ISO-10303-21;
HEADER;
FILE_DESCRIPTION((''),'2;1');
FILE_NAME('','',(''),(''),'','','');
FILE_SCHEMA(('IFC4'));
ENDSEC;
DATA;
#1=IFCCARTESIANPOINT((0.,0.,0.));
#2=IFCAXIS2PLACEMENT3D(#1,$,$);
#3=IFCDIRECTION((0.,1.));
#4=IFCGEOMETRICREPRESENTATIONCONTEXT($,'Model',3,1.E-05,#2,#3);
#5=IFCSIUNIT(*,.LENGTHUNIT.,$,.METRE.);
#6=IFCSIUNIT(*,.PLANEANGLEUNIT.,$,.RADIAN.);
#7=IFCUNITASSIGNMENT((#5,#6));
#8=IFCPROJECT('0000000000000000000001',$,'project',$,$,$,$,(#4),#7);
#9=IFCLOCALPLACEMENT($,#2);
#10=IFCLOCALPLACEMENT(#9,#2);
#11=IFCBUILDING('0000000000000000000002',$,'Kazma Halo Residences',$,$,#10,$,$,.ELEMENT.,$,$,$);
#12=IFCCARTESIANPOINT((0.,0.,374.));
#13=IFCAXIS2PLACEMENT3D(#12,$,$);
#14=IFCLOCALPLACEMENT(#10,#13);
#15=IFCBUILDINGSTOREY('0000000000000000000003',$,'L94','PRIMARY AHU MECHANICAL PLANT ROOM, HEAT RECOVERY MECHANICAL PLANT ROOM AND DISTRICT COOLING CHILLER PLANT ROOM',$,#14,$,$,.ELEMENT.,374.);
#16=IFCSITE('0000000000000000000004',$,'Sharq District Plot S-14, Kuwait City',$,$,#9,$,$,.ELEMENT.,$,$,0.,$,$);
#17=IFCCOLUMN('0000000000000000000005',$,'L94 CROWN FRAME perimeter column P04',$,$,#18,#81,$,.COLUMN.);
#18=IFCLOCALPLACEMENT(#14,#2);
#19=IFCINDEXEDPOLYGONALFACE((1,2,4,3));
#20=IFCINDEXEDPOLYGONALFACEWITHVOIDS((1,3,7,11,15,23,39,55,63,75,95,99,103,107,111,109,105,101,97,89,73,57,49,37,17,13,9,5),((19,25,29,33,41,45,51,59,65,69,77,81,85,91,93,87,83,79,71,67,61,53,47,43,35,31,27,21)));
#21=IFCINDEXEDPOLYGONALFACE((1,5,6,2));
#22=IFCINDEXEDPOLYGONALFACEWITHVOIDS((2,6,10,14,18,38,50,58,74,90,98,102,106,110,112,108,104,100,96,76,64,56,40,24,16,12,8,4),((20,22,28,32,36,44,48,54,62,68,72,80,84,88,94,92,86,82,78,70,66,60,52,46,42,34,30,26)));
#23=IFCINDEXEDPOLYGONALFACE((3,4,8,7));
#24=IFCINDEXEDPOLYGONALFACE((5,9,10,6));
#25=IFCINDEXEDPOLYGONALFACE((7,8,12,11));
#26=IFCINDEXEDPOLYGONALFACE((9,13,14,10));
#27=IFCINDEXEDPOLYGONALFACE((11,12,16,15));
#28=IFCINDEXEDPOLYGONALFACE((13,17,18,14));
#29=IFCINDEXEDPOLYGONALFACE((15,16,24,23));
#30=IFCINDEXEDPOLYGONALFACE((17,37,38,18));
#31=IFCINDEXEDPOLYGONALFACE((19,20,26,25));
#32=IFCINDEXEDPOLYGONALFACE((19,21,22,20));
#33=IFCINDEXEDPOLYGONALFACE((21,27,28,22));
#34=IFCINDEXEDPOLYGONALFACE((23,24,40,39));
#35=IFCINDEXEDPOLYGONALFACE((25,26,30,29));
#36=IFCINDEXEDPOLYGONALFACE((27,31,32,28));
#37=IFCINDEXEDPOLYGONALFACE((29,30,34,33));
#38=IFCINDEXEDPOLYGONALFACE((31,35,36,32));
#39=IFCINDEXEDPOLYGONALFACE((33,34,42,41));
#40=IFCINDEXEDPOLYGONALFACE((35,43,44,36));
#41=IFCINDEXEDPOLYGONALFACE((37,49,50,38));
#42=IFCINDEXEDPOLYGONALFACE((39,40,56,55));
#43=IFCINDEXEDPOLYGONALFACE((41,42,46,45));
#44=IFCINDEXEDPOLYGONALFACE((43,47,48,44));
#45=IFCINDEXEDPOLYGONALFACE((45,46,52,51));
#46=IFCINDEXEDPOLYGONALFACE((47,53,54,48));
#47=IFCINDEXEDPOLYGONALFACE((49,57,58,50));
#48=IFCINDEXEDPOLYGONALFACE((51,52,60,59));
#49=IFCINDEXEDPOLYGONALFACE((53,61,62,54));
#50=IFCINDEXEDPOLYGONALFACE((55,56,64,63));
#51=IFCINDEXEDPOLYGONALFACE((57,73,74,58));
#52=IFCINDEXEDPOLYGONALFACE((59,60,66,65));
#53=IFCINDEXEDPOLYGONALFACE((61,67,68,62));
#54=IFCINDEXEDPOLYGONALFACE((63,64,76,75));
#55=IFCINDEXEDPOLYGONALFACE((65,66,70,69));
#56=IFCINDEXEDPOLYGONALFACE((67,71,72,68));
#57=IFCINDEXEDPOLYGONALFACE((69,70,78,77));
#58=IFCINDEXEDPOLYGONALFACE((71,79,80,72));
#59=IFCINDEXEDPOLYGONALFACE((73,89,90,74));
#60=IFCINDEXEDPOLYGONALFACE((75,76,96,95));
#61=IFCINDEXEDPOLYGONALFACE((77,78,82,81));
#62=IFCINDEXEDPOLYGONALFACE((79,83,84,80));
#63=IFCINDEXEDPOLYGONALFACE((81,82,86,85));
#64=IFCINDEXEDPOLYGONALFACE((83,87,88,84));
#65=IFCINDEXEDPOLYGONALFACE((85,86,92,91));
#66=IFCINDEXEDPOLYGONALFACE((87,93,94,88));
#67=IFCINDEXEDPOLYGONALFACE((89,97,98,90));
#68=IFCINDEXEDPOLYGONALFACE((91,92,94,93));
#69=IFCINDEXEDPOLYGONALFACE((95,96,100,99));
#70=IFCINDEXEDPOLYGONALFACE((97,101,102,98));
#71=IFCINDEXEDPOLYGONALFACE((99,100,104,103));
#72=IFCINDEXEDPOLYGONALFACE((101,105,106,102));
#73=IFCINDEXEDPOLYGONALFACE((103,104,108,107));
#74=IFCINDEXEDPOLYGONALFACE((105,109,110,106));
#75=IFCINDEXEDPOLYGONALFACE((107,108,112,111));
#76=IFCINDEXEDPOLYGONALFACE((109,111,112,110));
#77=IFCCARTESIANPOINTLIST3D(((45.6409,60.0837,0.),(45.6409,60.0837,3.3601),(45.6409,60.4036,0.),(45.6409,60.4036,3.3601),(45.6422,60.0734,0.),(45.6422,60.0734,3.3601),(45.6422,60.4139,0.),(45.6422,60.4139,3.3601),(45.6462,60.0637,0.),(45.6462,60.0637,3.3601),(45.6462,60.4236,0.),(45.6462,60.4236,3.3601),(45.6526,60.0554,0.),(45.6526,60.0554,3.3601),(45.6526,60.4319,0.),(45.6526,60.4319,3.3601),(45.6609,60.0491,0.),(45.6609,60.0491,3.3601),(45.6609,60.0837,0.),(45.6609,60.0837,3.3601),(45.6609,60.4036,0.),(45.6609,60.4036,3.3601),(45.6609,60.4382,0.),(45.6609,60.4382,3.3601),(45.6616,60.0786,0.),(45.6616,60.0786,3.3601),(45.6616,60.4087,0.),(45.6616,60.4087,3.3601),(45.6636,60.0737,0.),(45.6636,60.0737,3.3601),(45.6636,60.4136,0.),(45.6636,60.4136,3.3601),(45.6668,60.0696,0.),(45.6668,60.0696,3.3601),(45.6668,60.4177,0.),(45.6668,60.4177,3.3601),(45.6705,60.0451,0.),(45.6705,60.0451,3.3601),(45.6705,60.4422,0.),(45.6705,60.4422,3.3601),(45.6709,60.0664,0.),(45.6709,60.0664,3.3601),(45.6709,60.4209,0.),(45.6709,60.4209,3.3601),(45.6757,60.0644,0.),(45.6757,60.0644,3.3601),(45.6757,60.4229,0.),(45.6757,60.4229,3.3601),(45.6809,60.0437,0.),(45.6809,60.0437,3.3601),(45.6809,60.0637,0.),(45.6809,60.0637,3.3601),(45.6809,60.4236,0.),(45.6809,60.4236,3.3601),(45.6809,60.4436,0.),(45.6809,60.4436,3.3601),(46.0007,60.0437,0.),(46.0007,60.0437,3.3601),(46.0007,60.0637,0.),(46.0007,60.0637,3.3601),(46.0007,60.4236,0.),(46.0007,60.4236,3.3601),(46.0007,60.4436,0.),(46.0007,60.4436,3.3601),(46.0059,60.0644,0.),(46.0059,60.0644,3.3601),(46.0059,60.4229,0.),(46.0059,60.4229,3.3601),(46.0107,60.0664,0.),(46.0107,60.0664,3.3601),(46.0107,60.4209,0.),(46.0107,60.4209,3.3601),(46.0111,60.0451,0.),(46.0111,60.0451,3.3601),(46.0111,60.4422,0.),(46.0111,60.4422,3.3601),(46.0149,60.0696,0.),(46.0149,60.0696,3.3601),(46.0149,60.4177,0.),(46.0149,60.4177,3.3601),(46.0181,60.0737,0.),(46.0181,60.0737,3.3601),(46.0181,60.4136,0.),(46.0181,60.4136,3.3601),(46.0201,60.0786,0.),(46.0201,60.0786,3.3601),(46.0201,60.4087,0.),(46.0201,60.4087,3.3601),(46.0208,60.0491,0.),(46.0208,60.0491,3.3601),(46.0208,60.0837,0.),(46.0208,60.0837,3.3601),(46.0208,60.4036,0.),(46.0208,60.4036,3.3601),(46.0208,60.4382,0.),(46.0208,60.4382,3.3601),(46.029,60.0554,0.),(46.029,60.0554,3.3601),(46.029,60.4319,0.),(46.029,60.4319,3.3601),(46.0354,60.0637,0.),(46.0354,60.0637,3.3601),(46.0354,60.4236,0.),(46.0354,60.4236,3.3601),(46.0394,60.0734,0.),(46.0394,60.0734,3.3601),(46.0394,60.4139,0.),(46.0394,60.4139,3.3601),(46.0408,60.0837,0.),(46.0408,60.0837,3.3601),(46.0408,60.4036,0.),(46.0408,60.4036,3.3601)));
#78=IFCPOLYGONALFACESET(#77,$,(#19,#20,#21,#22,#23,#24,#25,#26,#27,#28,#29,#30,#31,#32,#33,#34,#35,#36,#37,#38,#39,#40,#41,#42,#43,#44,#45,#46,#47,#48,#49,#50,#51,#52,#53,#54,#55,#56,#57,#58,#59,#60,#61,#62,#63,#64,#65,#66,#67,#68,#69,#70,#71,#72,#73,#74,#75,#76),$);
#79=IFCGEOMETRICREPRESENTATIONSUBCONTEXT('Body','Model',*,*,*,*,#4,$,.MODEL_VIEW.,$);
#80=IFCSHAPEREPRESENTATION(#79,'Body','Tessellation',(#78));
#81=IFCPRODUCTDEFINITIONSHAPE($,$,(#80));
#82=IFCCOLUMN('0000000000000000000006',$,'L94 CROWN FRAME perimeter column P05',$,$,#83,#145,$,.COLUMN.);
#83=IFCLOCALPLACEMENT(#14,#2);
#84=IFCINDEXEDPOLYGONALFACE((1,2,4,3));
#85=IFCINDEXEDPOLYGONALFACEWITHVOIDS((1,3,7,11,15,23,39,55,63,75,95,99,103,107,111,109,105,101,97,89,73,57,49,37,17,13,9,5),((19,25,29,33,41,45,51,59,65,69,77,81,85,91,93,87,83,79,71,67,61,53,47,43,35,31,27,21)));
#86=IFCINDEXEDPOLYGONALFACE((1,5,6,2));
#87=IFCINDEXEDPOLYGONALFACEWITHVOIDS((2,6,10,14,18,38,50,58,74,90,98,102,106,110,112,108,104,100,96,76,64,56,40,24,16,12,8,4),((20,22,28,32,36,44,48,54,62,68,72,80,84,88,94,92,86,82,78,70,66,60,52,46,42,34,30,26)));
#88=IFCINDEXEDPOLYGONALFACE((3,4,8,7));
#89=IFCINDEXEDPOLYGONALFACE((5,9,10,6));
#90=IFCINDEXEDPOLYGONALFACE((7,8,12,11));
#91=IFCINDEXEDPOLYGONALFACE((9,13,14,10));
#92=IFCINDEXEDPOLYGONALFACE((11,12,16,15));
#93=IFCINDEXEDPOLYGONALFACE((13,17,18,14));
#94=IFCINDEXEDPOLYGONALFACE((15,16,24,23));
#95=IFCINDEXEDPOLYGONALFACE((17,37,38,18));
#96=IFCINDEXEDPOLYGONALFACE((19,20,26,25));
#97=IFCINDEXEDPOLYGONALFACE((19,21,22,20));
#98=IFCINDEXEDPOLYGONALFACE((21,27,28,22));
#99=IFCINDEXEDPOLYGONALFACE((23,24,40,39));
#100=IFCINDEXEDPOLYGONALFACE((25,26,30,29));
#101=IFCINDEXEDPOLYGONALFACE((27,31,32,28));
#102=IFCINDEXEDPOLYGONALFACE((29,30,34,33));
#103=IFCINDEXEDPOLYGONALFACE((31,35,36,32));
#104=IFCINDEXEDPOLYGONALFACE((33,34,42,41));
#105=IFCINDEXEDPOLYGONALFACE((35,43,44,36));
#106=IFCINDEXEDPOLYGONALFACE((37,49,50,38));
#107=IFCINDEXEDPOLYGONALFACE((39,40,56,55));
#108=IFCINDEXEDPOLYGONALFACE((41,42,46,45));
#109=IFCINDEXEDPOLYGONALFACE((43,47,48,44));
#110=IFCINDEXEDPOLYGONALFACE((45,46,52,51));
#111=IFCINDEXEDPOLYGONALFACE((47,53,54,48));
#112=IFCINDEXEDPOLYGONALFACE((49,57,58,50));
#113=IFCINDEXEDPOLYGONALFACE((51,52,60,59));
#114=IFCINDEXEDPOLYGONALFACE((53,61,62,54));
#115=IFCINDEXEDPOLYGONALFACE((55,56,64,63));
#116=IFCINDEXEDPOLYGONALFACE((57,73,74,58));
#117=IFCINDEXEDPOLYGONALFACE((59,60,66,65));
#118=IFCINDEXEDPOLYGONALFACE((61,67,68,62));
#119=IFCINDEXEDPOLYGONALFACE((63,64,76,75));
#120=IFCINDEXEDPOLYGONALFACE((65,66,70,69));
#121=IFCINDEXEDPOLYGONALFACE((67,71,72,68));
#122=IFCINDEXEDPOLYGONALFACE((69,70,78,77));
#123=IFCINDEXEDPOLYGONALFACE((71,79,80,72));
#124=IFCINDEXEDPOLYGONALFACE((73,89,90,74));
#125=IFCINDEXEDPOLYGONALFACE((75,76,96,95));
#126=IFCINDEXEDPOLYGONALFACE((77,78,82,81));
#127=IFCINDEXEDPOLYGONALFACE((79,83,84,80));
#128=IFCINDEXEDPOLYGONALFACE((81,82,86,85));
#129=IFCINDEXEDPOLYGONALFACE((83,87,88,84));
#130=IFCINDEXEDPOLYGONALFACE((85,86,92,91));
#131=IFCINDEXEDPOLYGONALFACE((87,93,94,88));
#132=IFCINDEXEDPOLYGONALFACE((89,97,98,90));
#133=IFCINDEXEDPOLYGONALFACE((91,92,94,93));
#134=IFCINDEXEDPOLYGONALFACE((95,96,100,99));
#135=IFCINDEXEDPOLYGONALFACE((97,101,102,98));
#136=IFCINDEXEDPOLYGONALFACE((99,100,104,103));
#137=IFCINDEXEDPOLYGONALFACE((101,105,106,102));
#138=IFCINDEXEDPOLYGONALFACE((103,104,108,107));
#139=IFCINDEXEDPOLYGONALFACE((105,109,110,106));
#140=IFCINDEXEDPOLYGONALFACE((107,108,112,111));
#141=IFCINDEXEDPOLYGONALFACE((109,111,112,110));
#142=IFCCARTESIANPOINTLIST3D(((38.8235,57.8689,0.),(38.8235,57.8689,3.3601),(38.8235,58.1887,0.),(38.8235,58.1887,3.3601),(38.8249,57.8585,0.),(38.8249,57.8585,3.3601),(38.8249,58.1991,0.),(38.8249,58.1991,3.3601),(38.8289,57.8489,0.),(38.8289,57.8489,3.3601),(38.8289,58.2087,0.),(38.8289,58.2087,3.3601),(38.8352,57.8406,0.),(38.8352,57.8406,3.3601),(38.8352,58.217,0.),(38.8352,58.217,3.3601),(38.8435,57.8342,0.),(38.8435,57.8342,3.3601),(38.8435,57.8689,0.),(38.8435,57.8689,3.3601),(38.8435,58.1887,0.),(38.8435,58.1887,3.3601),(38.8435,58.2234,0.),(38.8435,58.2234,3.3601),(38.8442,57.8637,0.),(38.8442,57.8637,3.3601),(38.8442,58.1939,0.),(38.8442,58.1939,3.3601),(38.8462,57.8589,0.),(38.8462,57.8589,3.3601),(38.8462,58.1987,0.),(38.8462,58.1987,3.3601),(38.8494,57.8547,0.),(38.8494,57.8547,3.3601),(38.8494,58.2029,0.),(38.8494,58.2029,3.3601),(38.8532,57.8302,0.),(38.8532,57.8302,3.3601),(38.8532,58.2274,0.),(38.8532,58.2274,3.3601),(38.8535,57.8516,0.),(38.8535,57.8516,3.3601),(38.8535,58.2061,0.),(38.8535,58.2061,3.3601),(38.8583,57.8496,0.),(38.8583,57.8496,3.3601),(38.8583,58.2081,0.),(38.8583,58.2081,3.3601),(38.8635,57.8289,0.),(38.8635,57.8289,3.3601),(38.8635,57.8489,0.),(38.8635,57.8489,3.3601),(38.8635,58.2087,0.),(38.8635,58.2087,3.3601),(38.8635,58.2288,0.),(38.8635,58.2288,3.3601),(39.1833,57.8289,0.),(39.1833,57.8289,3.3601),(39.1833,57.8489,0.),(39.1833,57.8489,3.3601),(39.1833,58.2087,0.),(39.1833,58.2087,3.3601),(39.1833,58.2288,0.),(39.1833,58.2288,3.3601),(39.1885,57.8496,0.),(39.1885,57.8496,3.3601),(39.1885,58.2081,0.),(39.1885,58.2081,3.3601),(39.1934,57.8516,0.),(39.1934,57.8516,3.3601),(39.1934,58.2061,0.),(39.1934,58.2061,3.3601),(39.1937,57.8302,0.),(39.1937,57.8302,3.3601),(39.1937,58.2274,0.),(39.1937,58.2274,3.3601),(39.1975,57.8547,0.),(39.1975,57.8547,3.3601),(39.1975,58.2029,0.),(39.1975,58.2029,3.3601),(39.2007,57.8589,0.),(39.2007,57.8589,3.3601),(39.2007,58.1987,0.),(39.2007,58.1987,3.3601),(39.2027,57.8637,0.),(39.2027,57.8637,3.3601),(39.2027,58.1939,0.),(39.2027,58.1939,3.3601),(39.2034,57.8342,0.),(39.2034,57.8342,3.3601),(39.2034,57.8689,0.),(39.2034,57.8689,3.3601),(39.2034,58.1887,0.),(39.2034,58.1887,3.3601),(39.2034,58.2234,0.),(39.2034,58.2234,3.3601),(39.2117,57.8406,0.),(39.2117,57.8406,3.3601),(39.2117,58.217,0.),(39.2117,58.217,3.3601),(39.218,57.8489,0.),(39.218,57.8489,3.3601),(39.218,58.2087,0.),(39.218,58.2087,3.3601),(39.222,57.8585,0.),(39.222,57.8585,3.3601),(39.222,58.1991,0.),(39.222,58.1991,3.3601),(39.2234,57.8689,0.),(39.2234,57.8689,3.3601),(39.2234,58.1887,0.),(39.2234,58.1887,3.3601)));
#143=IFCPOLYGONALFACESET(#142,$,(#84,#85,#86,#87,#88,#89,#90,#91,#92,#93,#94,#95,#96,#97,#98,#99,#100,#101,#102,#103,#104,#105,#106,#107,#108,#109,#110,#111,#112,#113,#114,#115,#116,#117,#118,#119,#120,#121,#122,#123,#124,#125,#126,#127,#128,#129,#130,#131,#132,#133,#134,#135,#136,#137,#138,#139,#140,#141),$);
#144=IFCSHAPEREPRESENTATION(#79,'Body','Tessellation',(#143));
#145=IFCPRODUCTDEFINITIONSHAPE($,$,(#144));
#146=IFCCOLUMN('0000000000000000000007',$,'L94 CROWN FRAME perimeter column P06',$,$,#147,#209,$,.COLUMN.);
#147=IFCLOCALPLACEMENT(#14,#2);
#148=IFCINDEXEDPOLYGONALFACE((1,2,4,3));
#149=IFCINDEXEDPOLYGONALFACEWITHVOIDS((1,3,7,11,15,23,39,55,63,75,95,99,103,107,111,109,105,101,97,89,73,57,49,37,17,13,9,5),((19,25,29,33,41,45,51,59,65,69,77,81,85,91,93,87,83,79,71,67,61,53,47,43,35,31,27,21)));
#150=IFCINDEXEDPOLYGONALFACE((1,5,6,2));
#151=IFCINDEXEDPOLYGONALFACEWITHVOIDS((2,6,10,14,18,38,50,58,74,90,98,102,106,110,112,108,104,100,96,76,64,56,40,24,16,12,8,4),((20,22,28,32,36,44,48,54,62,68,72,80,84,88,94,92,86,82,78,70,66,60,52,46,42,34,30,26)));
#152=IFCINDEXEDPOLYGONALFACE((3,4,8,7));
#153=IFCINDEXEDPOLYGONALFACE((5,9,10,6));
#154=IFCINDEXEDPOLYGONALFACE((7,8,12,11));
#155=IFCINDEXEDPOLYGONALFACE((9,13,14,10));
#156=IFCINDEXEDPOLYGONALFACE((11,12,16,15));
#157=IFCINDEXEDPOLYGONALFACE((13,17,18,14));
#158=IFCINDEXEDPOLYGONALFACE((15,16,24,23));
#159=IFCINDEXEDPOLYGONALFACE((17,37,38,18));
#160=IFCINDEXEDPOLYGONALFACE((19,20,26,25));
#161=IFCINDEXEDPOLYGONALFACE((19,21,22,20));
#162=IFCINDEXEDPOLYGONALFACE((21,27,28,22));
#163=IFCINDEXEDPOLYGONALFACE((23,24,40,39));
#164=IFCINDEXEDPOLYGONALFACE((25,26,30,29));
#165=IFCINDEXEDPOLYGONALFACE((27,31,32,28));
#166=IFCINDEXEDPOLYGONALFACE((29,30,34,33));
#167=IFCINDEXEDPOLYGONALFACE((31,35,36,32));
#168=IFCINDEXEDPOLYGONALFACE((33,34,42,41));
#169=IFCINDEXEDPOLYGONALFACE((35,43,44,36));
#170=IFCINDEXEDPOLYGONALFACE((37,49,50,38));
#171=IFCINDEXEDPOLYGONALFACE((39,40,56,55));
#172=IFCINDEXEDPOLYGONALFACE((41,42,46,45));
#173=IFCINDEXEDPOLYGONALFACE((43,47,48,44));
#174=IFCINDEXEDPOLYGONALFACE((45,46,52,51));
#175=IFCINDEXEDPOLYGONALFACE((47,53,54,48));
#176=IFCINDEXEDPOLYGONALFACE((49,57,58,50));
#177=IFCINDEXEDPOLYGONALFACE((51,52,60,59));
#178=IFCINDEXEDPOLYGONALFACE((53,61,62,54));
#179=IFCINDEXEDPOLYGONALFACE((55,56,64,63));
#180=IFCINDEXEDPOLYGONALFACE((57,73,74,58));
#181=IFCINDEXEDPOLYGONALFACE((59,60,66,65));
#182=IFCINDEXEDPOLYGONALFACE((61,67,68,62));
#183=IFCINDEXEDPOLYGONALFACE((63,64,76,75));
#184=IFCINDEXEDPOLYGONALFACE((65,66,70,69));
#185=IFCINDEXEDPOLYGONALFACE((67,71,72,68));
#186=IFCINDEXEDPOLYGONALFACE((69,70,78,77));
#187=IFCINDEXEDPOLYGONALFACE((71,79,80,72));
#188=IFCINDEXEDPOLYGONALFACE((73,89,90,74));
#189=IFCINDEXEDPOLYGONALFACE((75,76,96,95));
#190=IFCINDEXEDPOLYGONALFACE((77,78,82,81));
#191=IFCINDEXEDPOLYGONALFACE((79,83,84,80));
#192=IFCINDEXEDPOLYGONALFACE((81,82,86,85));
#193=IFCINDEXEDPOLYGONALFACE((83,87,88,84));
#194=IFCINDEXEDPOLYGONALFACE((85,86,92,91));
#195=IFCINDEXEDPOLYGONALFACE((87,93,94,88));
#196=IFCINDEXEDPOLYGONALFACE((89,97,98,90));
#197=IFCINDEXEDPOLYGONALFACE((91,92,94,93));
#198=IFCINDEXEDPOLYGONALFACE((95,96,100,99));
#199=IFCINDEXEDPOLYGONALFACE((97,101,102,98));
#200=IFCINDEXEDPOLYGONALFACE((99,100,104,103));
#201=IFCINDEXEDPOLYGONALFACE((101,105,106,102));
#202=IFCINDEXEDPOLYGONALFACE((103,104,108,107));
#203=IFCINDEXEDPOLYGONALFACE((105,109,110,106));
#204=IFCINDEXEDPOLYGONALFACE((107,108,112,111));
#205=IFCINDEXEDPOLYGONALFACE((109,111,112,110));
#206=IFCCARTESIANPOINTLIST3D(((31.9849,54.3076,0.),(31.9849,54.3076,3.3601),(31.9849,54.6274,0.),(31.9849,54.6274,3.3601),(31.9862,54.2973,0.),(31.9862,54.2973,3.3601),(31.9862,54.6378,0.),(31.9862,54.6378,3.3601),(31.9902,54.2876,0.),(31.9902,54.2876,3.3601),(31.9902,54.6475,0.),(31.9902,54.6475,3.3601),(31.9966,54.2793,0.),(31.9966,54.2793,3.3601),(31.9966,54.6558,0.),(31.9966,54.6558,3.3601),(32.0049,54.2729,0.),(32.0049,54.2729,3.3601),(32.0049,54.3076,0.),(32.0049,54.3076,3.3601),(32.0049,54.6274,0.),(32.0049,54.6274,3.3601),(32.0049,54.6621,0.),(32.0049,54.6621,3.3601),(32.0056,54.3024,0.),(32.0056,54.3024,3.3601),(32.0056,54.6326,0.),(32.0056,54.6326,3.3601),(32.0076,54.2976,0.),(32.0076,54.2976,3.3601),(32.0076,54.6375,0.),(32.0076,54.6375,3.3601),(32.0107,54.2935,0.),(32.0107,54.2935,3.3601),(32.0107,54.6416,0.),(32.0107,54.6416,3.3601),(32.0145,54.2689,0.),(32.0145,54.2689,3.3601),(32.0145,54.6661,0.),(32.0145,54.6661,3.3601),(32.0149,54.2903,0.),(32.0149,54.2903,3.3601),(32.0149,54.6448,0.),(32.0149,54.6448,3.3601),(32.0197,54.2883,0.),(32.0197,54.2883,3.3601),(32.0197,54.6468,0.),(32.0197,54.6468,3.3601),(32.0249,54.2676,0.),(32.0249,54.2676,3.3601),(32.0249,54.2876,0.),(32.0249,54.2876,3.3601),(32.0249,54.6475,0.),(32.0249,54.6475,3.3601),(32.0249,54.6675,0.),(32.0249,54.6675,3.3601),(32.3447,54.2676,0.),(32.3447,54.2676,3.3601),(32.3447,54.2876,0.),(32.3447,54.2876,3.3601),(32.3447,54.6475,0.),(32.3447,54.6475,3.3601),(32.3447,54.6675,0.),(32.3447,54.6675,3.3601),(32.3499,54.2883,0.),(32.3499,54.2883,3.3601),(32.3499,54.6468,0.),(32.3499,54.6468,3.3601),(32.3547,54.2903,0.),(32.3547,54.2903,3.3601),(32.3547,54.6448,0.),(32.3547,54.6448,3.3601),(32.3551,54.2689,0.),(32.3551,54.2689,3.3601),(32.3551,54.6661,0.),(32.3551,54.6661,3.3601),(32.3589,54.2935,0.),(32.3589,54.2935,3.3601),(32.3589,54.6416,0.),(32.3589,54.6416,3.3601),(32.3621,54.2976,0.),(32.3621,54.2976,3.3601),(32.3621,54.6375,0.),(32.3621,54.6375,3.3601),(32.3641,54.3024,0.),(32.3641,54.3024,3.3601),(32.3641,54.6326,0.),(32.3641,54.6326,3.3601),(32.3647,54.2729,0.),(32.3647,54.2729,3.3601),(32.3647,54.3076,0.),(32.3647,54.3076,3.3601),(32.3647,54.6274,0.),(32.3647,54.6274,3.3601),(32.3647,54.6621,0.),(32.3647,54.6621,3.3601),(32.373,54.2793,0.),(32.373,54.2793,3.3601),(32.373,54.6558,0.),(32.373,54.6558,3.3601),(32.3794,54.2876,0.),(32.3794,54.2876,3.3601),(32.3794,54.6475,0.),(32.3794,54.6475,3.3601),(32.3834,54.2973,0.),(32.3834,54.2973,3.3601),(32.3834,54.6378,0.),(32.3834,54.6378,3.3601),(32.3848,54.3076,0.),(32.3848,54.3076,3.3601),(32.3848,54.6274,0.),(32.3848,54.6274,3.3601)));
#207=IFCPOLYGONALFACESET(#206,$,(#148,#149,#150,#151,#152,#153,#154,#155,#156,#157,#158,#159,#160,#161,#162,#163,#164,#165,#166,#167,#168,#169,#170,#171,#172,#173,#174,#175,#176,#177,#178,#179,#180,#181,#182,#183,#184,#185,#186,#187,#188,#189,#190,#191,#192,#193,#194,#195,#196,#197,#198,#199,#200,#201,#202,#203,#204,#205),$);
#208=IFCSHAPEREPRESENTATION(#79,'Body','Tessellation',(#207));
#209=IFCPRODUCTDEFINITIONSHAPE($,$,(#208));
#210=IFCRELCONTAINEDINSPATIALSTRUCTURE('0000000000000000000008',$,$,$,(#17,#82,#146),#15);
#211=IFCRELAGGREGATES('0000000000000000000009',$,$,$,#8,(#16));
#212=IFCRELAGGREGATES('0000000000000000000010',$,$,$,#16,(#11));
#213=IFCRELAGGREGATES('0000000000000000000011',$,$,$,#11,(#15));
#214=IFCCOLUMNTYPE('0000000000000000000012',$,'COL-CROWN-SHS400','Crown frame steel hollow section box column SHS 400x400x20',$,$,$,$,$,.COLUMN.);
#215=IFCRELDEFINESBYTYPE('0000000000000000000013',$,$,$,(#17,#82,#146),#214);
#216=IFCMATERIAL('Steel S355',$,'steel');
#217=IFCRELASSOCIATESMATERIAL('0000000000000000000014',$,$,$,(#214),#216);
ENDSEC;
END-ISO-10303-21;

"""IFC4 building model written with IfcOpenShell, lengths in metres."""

from ifc_helpers import new_model, si_unit, direction, frame, origin, origin_2d, place, context, subcontext, project, spatial, hollow_rectangle, extrude, material, material_profile, profile_set, type_object, element, save


model = new_model("IFC4")

# Units and contexts
model_context = context("Model", 3, precision=1e-05, world=origin(), true_north=direction((0.0, 1.0)))
body_context = subcontext(model_context, "Body", "Model", "MODEL_VIEW")
ifc_project = project(units=[si_unit("LENGTHUNIT", "METRE"), si_unit("PLANEANGLEUNIT", "RADIAN")], contexts=[model_context])

# Site, building, storey
site_placement = place(None, origin())
site = spatial("IfcSite", under=ifc_project, at=site_placement, Name="Sharq District Plot S-14, Kuwait City", CompositionType="ELEMENT", RefElevation=0.0)
building_placement = place(site_placement, origin())
building = spatial("IfcBuilding", under=site, at=building_placement, Name="Kazma Halo Residences", CompositionType="ELEMENT")
storey_placement = place(building_placement, frame((0.0, 0.0, 374.0)))
storey = spatial("IfcBuildingStorey", under=building, at=storey_placement, Name="L94", Description="PRIMARY AHU MECHANICAL PLANT ROOM, HEAT RECOVERY MECHANICAL PLANT ROOM AND DISTRICT COOLING CHILLER PLANT ROOM", CompositionType="ELEMENT", Elevation=374.0)

# Columns
ifc_material_1 = material(Name="Steel S355", Category="steel")
ifc_material_profile_1 = material_profile(ifc_material_1, hollow_rectangle(XDim=0.3999, YDim=0.3999, WallThickness=0.02, InnerFilletRadius=0.02, OuterFilletRadius=0.04, at=origin_2d()), Name="SHS400x400x20")
ifc_profile_set_1 = profile_set([ifc_material_profile_1], Name="Steel S355")
column_type = type_object("IfcColumnType", Name="COL-CROWN-SHS400", Description="Crown frame steel hollow section box column SHS 400x400x20", PredefinedType="COLUMN", material=ifc_profile_set_1)
for number, where, z_axis, x_axis, name in (
    (1, (45.8408, 60.2437, 0.0), (0.0, 0.0, 1.0), (1.0, 0.0, 0.0), "L94 CROWN FRAME perimeter column P04"),
    (2, (39.0234, 58.0288, 0.0), (0.0, 0.0, 1.0), (1.0, 0.0, 0.0), "L94 CROWN FRAME perimeter column P05"),
    (3, (32.1848, 54.4675, 0.0), (0.0, 0.0, 1.0), (1.0, 0.0, 0.0), "L94 CROWN FRAME perimeter column P06"),
):
    element("IfcColumn", number, at=place(storey_placement, frame(where, z_axis=z_axis, x_axis=x_axis)), inside=storey, type_object=column_type, Name=name, PredefinedType="COLUMN", context=body_context, shape_type="SweptSolid", body=[
        extrude(hollow_rectangle(XDim=0.3999, YDim=0.3999, WallThickness=0.02, InnerFilletRadius=0.02, OuterFilletRadius=0.04, at=origin_2d()), origin(), (0.0, 0.0, 1.0), 3.3601),
    ])

save(model, "model.ifc")
